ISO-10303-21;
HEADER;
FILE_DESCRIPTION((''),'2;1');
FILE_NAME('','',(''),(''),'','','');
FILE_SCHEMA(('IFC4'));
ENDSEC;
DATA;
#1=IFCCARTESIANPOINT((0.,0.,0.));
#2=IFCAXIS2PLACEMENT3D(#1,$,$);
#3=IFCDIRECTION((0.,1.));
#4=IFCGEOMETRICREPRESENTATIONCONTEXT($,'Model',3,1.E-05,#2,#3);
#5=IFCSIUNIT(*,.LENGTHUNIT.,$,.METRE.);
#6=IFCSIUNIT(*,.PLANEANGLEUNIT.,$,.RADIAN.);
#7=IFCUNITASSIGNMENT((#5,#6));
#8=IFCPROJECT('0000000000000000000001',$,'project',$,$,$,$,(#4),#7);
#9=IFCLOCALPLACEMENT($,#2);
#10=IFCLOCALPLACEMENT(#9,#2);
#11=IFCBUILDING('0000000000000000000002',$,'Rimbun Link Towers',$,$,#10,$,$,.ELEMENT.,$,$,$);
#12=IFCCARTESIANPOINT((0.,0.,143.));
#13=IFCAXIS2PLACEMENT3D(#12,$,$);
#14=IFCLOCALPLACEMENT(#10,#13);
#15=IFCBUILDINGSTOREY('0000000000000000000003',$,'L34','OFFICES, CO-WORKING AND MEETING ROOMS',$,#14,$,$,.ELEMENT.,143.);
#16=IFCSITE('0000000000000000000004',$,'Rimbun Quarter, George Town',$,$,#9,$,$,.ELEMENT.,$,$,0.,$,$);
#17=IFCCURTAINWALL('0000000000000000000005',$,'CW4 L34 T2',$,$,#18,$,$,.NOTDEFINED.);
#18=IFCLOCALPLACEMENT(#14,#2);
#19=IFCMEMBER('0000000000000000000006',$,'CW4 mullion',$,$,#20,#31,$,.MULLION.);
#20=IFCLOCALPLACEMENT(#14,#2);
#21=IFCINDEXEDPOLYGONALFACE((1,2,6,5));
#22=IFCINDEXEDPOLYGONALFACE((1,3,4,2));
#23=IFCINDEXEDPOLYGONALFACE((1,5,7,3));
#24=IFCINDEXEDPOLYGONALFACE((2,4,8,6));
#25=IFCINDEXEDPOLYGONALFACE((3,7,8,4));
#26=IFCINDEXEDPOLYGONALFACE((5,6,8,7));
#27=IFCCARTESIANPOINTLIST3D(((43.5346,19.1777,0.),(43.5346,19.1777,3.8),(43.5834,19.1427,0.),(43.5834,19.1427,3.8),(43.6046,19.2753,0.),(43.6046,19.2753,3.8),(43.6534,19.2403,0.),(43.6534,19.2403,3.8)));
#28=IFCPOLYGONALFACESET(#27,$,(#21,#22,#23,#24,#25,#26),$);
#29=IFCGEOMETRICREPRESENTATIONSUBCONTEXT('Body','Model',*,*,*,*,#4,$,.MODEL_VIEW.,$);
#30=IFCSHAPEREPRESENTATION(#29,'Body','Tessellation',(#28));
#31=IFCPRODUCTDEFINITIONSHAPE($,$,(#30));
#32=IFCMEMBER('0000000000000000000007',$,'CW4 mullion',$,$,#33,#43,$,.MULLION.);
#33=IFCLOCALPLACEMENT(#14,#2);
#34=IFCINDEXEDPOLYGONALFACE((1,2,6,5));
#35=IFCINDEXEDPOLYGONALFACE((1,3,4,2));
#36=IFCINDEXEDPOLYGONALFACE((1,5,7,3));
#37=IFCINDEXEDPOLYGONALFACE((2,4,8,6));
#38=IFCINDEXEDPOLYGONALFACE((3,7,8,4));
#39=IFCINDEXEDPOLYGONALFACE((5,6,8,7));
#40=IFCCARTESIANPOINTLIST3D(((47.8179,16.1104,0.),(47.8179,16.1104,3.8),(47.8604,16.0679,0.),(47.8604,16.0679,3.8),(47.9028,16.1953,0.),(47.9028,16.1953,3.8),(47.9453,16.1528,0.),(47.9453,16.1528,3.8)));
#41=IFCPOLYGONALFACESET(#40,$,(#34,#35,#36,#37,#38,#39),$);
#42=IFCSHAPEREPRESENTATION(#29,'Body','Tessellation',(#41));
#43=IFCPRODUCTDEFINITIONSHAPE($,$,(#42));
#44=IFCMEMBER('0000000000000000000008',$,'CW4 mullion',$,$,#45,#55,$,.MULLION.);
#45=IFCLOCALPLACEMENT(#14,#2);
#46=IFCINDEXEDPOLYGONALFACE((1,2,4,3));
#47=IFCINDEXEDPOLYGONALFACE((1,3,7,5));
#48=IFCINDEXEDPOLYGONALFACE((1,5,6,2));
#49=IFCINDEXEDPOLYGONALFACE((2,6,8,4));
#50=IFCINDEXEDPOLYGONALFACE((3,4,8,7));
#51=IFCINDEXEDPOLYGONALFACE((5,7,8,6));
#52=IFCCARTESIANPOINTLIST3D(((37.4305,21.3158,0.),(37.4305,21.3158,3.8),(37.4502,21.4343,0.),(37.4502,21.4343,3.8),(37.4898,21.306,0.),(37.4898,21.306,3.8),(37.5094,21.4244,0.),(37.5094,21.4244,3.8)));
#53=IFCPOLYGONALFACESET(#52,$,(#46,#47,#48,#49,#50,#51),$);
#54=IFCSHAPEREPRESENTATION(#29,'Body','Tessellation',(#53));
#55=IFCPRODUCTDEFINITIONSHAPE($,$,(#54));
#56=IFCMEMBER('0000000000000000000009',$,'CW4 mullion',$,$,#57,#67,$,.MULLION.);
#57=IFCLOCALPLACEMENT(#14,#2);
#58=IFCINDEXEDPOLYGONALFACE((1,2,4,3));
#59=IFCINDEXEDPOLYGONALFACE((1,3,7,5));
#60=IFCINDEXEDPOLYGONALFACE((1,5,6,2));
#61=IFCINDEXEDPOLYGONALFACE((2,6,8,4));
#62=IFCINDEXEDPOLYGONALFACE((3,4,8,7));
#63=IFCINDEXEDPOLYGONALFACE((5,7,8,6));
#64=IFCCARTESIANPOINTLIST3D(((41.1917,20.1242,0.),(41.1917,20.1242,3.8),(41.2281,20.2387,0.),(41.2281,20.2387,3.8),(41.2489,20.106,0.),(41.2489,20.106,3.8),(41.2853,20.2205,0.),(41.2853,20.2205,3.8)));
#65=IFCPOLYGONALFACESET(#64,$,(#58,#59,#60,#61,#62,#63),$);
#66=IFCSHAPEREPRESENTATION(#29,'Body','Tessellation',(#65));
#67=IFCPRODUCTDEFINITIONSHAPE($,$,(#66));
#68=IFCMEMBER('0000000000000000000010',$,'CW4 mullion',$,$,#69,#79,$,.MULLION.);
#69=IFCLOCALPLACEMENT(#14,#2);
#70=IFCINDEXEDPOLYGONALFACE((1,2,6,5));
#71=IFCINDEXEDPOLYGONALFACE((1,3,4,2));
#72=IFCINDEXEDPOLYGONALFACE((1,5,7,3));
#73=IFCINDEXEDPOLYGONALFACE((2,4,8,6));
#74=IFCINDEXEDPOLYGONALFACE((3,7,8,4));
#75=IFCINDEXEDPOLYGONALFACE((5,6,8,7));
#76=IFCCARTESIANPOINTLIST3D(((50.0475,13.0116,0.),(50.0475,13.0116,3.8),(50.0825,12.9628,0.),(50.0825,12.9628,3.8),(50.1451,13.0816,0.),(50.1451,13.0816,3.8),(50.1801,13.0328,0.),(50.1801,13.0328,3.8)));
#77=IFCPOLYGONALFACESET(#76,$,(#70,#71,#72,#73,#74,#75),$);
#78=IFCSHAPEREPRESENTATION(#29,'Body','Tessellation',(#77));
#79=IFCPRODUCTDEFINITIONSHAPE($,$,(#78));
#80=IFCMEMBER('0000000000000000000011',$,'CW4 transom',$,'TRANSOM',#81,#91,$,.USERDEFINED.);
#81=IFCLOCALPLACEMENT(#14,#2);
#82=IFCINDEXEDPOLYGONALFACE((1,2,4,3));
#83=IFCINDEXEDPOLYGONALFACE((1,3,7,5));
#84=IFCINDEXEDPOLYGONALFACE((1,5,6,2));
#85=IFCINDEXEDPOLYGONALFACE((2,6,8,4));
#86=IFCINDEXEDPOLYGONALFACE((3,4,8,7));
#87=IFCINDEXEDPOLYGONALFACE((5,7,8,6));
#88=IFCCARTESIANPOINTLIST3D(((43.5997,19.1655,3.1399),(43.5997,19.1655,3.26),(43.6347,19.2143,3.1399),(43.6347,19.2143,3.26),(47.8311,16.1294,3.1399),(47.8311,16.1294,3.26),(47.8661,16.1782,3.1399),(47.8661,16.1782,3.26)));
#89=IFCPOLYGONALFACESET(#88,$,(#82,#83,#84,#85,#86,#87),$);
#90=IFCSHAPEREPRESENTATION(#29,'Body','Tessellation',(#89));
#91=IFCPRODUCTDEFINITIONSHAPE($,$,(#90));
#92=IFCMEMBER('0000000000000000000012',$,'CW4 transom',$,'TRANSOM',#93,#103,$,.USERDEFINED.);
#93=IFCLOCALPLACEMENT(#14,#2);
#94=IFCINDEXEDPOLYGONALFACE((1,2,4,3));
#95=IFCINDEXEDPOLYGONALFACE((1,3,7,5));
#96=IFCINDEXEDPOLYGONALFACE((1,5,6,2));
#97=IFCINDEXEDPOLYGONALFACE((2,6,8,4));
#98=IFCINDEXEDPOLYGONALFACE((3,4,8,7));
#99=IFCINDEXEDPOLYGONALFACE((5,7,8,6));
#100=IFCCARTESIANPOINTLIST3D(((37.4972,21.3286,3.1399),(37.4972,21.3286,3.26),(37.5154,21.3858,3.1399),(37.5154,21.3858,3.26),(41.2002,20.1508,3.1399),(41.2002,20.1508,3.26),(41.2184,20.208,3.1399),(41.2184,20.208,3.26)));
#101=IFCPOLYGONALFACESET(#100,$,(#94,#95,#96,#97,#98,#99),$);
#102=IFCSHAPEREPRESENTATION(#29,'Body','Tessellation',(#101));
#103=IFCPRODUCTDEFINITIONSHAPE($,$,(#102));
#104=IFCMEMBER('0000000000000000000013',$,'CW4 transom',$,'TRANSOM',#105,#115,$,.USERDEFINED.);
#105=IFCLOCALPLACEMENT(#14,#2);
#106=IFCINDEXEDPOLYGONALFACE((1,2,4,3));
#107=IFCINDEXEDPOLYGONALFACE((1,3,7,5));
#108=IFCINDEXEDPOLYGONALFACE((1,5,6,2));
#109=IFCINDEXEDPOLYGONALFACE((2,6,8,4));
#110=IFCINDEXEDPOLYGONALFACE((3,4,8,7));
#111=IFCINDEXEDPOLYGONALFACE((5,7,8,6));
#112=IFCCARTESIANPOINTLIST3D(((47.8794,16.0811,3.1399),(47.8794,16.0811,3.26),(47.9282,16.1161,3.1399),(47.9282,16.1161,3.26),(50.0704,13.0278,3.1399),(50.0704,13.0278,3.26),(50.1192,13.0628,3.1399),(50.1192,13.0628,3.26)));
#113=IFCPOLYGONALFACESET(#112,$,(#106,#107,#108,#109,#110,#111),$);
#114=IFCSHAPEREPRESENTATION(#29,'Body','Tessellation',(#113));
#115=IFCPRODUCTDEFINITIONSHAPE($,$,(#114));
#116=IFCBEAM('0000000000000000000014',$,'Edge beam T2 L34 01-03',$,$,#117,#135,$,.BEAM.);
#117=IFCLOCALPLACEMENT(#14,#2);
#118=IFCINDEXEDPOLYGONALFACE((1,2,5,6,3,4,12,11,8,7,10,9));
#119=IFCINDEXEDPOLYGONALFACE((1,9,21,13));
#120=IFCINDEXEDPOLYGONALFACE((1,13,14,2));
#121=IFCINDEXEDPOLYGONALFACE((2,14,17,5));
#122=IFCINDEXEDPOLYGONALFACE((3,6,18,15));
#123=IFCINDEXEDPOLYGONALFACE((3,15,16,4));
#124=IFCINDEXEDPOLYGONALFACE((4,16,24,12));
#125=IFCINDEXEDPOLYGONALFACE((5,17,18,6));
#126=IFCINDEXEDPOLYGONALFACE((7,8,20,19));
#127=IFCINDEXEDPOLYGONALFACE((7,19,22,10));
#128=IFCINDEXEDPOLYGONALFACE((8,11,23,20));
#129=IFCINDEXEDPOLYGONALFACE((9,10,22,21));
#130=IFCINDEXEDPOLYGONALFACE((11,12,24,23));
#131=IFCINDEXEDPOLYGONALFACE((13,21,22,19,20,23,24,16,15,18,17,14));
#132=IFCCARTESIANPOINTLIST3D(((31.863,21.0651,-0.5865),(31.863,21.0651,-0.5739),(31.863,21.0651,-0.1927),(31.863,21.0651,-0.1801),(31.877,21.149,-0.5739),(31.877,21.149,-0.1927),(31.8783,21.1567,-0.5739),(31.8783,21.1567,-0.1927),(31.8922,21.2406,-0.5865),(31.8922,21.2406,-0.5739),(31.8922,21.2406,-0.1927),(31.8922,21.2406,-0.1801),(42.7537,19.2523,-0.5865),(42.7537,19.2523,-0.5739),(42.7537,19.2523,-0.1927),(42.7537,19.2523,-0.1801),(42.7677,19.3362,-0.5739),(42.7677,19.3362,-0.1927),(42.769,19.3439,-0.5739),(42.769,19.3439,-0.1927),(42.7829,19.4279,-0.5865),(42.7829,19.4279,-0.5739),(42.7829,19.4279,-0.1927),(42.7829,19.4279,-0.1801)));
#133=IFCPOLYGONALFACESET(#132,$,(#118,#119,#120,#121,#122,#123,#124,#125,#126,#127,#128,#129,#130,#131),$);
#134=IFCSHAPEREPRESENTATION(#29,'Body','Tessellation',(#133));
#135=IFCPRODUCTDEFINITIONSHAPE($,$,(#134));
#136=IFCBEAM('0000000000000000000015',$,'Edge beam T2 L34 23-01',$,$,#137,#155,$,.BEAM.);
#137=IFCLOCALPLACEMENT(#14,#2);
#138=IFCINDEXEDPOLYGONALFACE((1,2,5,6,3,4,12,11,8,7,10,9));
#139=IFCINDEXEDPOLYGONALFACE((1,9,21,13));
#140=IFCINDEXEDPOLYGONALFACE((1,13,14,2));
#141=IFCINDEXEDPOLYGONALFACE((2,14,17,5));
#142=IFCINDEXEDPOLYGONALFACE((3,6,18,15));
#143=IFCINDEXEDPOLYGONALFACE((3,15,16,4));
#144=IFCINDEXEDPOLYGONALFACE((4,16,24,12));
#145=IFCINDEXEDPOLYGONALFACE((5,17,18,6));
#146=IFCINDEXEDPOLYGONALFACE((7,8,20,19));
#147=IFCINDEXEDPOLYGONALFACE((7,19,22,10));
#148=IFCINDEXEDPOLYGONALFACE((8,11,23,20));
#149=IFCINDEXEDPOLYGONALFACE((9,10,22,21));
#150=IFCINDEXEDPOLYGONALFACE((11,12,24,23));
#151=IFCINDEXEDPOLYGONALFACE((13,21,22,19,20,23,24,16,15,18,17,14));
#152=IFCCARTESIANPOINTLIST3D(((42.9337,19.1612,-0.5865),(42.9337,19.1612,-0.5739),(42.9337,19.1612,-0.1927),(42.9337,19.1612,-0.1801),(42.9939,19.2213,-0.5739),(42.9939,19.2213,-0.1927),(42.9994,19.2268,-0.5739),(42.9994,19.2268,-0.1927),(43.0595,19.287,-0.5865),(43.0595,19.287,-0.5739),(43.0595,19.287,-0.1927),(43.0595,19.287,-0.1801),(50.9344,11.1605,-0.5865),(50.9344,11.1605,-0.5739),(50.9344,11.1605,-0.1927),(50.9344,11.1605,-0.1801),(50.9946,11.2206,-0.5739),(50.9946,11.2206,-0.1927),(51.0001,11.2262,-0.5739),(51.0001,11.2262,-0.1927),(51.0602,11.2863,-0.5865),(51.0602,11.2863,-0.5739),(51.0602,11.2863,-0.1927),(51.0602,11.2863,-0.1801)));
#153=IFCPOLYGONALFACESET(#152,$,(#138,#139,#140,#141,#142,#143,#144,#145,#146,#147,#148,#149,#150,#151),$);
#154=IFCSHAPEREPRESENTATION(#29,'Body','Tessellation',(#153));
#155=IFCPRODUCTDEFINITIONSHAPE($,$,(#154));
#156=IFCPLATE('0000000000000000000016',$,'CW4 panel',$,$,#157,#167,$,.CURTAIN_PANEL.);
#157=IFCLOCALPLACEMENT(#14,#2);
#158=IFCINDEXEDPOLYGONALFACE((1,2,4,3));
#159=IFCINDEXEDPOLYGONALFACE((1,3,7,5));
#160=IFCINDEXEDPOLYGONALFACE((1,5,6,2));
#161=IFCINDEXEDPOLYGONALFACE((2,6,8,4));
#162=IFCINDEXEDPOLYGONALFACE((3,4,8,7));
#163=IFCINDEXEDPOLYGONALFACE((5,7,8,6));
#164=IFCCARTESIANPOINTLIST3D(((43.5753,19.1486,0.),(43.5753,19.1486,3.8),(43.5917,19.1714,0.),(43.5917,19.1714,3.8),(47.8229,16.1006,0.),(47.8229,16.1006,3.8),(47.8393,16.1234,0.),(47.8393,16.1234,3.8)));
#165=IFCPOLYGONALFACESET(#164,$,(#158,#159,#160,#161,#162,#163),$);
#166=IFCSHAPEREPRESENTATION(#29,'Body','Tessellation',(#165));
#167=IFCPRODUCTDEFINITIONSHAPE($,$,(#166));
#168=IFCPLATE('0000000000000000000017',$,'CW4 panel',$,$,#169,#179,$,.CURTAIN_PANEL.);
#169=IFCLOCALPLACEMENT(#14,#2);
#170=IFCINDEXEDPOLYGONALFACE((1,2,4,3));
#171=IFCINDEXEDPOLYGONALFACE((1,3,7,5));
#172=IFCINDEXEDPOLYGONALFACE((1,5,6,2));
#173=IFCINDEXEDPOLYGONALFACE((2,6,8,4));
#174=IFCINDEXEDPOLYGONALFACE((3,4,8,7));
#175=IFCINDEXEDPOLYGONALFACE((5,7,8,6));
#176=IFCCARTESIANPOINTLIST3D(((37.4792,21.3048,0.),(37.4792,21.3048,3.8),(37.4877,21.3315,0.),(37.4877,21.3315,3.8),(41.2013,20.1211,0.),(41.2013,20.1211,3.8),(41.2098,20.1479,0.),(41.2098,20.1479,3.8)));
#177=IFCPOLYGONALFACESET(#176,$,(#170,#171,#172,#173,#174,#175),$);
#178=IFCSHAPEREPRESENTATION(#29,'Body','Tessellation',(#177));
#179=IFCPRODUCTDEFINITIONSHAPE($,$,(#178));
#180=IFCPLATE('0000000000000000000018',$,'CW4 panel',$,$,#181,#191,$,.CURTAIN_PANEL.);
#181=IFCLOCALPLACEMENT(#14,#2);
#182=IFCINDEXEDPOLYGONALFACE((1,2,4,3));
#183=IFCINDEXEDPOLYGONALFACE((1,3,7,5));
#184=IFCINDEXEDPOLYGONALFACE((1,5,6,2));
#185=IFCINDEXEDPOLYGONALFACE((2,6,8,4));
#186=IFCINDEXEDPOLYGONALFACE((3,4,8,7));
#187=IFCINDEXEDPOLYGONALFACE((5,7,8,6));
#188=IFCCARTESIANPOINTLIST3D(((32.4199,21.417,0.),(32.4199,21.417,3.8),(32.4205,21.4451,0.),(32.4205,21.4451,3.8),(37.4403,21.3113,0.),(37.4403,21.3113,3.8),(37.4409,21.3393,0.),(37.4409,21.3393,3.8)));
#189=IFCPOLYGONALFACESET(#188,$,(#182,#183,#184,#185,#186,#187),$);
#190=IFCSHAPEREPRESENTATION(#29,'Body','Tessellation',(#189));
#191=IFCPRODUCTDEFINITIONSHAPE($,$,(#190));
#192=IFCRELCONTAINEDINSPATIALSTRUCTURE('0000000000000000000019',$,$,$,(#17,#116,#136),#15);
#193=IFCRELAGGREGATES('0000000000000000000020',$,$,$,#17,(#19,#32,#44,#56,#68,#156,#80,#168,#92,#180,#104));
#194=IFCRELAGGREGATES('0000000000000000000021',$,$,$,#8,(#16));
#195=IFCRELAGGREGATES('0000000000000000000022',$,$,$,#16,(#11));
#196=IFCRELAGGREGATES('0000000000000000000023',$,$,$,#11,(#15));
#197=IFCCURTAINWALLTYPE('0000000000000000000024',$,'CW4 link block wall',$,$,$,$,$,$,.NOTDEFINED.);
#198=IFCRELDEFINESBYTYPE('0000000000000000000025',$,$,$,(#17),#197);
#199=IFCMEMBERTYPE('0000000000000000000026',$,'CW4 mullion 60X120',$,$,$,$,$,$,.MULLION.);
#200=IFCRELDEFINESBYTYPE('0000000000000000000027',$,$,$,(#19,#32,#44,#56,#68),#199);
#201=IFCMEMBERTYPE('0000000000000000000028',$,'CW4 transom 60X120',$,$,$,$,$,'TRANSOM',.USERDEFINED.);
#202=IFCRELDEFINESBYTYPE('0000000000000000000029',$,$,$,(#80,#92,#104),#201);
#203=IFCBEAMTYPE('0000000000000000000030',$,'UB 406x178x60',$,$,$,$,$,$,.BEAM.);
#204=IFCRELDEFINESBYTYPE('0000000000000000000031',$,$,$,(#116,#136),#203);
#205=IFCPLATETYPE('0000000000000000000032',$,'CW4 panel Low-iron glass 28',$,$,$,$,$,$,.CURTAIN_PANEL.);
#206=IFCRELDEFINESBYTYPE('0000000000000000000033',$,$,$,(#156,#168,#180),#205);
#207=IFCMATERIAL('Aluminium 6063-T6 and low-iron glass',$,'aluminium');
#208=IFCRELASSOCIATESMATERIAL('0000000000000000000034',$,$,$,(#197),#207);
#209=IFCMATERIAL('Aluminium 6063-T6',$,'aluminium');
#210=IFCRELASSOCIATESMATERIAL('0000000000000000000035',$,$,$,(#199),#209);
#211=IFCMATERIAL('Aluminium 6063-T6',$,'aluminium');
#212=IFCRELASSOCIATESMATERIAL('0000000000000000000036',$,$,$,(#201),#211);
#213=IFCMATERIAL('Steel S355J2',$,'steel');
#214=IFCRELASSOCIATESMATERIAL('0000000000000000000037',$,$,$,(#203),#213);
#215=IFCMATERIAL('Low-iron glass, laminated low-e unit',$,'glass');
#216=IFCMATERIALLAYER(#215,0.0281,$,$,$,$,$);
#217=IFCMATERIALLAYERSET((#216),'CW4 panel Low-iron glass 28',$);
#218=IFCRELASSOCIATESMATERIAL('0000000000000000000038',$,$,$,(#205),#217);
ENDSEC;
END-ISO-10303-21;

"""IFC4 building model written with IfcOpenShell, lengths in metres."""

from ifc_helpers import new_model, si_unit, direction, frame, origin, origin_2d, place, context, subcontext, project, spatial, rectangle, i_section, extrude, material, layer, layer_set, material_profile, profile_set, type_object, element, aggregate, save


model = new_model("IFC4")

# Units and contexts
model_context = context("Model", 3, precision=1e-05, world=origin(), true_north=direction((0.0, 1.0)))
body_context = subcontext(model_context, "Body", "Model", "MODEL_VIEW")
ifc_project = project(units=[si_unit("LENGTHUNIT", "METRE"), si_unit("PLANEANGLEUNIT", "RADIAN")], contexts=[model_context])

# Site, building, storey
site_placement = place(None, origin())
site = spatial("IfcSite", under=ifc_project, at=site_placement, Name="Rimbun Quarter, George Town", CompositionType="ELEMENT", RefElevation=0.0)
building_placement = place(site_placement, origin())
building = spatial("IfcBuilding", under=site, at=building_placement, Name="Rimbun Link Towers", CompositionType="ELEMENT")
storey_placement = place(building_placement, frame((0.0, 0.0, 143.0)))
storey = spatial("IfcBuildingStorey", under=building, at=storey_placement, Name="L34", Description="OFFICES, CO-WORKING AND MEETING ROOMS", CompositionType="ELEMENT", Elevation=143.0)

# Curtain wall, members
ifc_material_1 = material(Name="Aluminium 6063-T6 and low-iron glass", Category="aluminium")
curtain_wall_type = type_object("IfcCurtainWallType", Name="CW4 link block wall", PredefinedType="NOTDEFINED", material=ifc_material_1)
curtain_wall_placement = place(storey_placement, origin())
curtain_wall = element("IfcCurtainWall", 1, at=curtain_wall_placement, inside=storey, type_object=curtain_wall_type, Name="CW4 L34 T2", PredefinedType="NOTDEFINED")
ifc_material_2 = material(Name="Aluminium 6063-T6", Category="aluminium")
ifc_material_profile_1 = material_profile(ifc_material_2, rectangle(XDim=0.1201, YDim=0.0601, at=origin_2d()), Name="MULLION 60X120")
ifc_profile_set_1 = profile_set([ifc_material_profile_1], Name="Aluminium 6063-T6")
member_type_1 = type_object("IfcMemberType", Name="CW4 mullion 60X120", PredefinedType="MULLION", material=ifc_profile_set_1)
member_1_placement = place(storey_placement, frame((43.594, 19.209, 0.0), z_axis=(0.0, 0.0, 1.0), x_axis=(0.583009, 0.812465, 0.0)))
member_1 = element("IfcMember", 2, at=member_1_placement, type_object=member_type_1, Name="CW4 mullion", PredefinedType="MULLION", context=body_context, shape_type="SweptSolid", body=[
    extrude(rectangle(XDim=0.1201, YDim=0.0601, at=origin_2d()), origin(), (0.0, 0.0, 1.0), 3.8),
])
member_2_placement = place(storey_placement, frame((47.8816, 16.1316, 0.0), z_axis=(0.0, 0.0, 1.0), x_axis=(0.707107, 0.707107, 0.0)))
member_2 = element("IfcMember", 3, at=member_2_placement, type_object=member_type_1, Name="CW4 mullion", PredefinedType="MULLION", context=body_context, shape_type="SweptSolid", body=[
    extrude(rectangle(XDim=0.1201, YDim=0.0601, at=origin_2d()), origin(), (0.0, 0.0, 1.0), 3.8),
])
member_3_placement = place(storey_placement, frame((37.47, 21.3701, 0.0), z_axis=(0.0, 0.0, 1.0), x_axis=(0.163742, 0.986503, 0.0)))
member_3 = element("IfcMember", 4, at=member_3_placement, type_object=member_type_1, Name="CW4 mullion", PredefinedType="MULLION", context=body_context, shape_type="SweptSolid", body=[
    extrude(rectangle(XDim=0.1201, YDim=0.0601, at=origin_2d()), origin(), (0.0, 0.0, 1.0), 3.8),
])
member_4_placement = place(storey_placement, frame((41.2385, 20.1724, 0.0), z_axis=(0.0, 0.0, 1.0), x_axis=(0.30306, 0.952972, 0.0)))
member_4 = element("IfcMember", 5, at=member_4_placement, type_object=member_type_1, Name="CW4 mullion", PredefinedType="MULLION", context=body_context, shape_type="SweptSolid", body=[
    extrude(rectangle(XDim=0.1201, YDim=0.0601, at=origin_2d()), origin(), (0.0, 0.0, 1.0), 3.8),
])
member_5_placement = place(storey_placement, frame((50.1138, 13.0222, 0.0), z_axis=(0.0, 0.0, 1.0), x_axis=(0.812465, 0.583009, 0.0)))
member_5 = element("IfcMember", 6, at=member_5_placement, type_object=member_type_1, Name="CW4 mullion", PredefinedType="MULLION", context=body_context, shape_type="SweptSolid", body=[
    extrude(rectangle(XDim=0.1201, YDim=0.0601, at=origin_2d()), origin(), (0.0, 0.0, 1.0), 3.8),
])
ifc_material_3 = material(Name="Aluminium 6063-T6", Category="aluminium")
ifc_material_profile_2 = material_profile(ifc_material_3, rectangle(XDim=0.0601, YDim=0.1201, at=origin_2d()), Name="TRANSOM 60X120")
ifc_profile_set_2 = profile_set([ifc_material_profile_2], Name="Aluminium 6063-T6")
member_type_2 = type_object("IfcMemberType", Name="CW4 transom 60X120", ElementType="TRANSOM", PredefinedType="USERDEFINED", material=ifc_profile_set_2)
member_6_placement = place(storey_placement, frame((43.6172, 19.1899, 3.2), z_axis=(0.81249, -0.582975, 0.0), x_axis=(0.582975, 0.81249, 0.0)))
member_6 = element("IfcMember", 7, at=member_6_placement, type_object=member_type_2, Name="CW4 transom", ObjectType="TRANSOM", PredefinedType="USERDEFINED", context=body_context, shape_type="SweptSolid", body=[
    extrude(rectangle(XDim=0.0601, YDim=0.1201, at=origin_2d()), origin(), (0.0, 0.0, 1.0), 5.208),
])
member_7_placement = place(storey_placement, frame((37.5063, 21.3572, 3.2), z_axis=(0.95296, -0.303097, 0.0), x_axis=(0.303097, 0.95296, 0.0)))
member_7 = element("IfcMember", 8, at=member_7_placement, type_object=member_type_2, Name="CW4 transom", ObjectType="TRANSOM", PredefinedType="USERDEFINED", context=body_context, shape_type="SweptSolid", body=[
    extrude(rectangle(XDim=0.0601, YDim=0.1201, at=origin_2d()), origin(), (0.0, 0.0, 1.0), 3.8857),
])
member_8_placement = place(storey_placement, frame((47.9038, 16.0986, 3.2), z_axis=(0.583007, -0.812467, 0.0), x_axis=(0.812467, 0.583007, 0.0)))
member_8 = element("IfcMember", 9, at=member_8_placement, type_object=member_type_2, Name="CW4 transom", ObjectType="TRANSOM", PredefinedType="USERDEFINED", context=body_context, shape_type="SweptSolid", body=[
    extrude(rectangle(XDim=0.0601, YDim=0.1201, at=origin_2d()), origin(), (0.0, 0.0, 1.0), 3.7581),
])

# Beams
ifc_material_4 = material(Name="Steel S355J2", Category="steel")
ifc_material_profile_3 = material_profile(ifc_material_4, i_section(OverallWidth=0.178, OverallDepth=0.4065, WebThickness=0.0078, FlangeThickness=0.0127, at=origin_2d()), Name="UB 406x178x60")
ifc_profile_set_3 = profile_set([ifc_material_profile_3], Name="Steel S355J2")
beam_type = type_object("IfcBeamType", Name="UB 406x178x60", PredefinedType="BEAM", material=ifc_profile_set_3)
beam_1_placement = place(storey_placement, frame((42.7683, 19.3401, -0.3833), z_axis=(-0.986429, 0.164191, 0.0), x_axis=(-0.164191, -0.986429, 0.0)))
element("IfcBeam", 10, at=beam_1_placement, inside=storey, type_object=beam_type, Name="Edge beam T2 L34 01-03", PredefinedType="BEAM", context=body_context, shape_type="SweptSolid", body=[
    extrude(i_section(OverallWidth=0.178, OverallDepth=0.4065, WebThickness=0.0078, FlangeThickness=0.0127, at=origin_2d()), origin(), (0.0, 0.0, 1.0), 11.0405),
])
beam_2_placement = place(storey_placement, frame((50.9973, 11.2234, -0.3833), z_axis=(-0.707107, 0.707107, 0.0), x_axis=(-0.707107, -0.707107, 0.0)))
element("IfcBeam", 11, at=beam_2_placement, inside=storey, type_object=beam_type, Name="Edge beam T2 L34 23-01", PredefinedType="BEAM", context=body_context, shape_type="SweptSolid", body=[
    extrude(i_section(OverallWidth=0.178, OverallDepth=0.4065, WebThickness=0.0078, FlangeThickness=0.0127, at=origin_2d()), origin(), (0.0, 0.0, 1.0), 11.3147),
])

# Plates
ifc_material_5 = material(Name="Low-iron glass, laminated low-e unit", Category="glass")
ifc_layer_1 = layer(ifc_material_5, 0.0281)
ifc_layer_set_1 = layer_set([ifc_layer_1], Name="CW4 panel Low-iron glass 28")
plate_type = type_object("IfcPlateType", Name="CW4 panel Low-iron glass 28", PredefinedType="CURTAIN_PANEL", material=ifc_layer_set_1)
plate_1_placement = place(storey_placement, frame((45.7073, 17.636, 0.0), z_axis=(0.0, 0.0, 1.0), x_axis=(0.812465, -0.583009, 0.0)))
plate_1 = element("IfcPlate", 12, at=plate_1_placement, type_object=plate_type, Name="CW4 panel", PredefinedType="CURTAIN_PANEL", context=body_context, shape_type="SweptSolid", body=[
    extrude(rectangle(XDim=5.228, YDim=0.0281, at=origin_2d()), origin(), (0.0, 0.0, 1.0), 3.8),
])
plate_2_placement = place(storey_placement, frame((39.3445, 20.7263, 0.0), z_axis=(0.0, 0.0, 1.0), x_axis=(0.952972, -0.30306, 0.0)))
plate_2 = element("IfcPlate", 13, at=plate_2_placement, type_object=plate_type, Name="CW4 panel", PredefinedType="CURTAIN_PANEL", context=body_context, shape_type="SweptSolid", body=[
    extrude(rectangle(XDim=3.9058, YDim=0.0281, at=origin_2d()), origin(), (0.0, 0.0, 1.0), 3.8),
])
plate_3_placement = place(storey_placement, frame((34.9304, 21.3782, 0.0), z_axis=(0.0, 0.0, 1.0), x_axis=(0.999778, -0.021063, 0.0)))
plate_3 = element("IfcPlate", 14, at=plate_3_placement, type_object=plate_type, Name="CW4 panel", PredefinedType="CURTAIN_PANEL", context=body_context, shape_type="SweptSolid", body=[
    extrude(rectangle(XDim=5.0215, YDim=0.0281, at=origin_2d()), origin(), (0.0, 0.0, 1.0), 3.8),
])
aggregate(curtain_wall, [member_1, member_2, member_3, member_4, member_5, plate_1, member_6, plate_2, member_7, plate_3, member_8])

save(model, "model.ifc")
